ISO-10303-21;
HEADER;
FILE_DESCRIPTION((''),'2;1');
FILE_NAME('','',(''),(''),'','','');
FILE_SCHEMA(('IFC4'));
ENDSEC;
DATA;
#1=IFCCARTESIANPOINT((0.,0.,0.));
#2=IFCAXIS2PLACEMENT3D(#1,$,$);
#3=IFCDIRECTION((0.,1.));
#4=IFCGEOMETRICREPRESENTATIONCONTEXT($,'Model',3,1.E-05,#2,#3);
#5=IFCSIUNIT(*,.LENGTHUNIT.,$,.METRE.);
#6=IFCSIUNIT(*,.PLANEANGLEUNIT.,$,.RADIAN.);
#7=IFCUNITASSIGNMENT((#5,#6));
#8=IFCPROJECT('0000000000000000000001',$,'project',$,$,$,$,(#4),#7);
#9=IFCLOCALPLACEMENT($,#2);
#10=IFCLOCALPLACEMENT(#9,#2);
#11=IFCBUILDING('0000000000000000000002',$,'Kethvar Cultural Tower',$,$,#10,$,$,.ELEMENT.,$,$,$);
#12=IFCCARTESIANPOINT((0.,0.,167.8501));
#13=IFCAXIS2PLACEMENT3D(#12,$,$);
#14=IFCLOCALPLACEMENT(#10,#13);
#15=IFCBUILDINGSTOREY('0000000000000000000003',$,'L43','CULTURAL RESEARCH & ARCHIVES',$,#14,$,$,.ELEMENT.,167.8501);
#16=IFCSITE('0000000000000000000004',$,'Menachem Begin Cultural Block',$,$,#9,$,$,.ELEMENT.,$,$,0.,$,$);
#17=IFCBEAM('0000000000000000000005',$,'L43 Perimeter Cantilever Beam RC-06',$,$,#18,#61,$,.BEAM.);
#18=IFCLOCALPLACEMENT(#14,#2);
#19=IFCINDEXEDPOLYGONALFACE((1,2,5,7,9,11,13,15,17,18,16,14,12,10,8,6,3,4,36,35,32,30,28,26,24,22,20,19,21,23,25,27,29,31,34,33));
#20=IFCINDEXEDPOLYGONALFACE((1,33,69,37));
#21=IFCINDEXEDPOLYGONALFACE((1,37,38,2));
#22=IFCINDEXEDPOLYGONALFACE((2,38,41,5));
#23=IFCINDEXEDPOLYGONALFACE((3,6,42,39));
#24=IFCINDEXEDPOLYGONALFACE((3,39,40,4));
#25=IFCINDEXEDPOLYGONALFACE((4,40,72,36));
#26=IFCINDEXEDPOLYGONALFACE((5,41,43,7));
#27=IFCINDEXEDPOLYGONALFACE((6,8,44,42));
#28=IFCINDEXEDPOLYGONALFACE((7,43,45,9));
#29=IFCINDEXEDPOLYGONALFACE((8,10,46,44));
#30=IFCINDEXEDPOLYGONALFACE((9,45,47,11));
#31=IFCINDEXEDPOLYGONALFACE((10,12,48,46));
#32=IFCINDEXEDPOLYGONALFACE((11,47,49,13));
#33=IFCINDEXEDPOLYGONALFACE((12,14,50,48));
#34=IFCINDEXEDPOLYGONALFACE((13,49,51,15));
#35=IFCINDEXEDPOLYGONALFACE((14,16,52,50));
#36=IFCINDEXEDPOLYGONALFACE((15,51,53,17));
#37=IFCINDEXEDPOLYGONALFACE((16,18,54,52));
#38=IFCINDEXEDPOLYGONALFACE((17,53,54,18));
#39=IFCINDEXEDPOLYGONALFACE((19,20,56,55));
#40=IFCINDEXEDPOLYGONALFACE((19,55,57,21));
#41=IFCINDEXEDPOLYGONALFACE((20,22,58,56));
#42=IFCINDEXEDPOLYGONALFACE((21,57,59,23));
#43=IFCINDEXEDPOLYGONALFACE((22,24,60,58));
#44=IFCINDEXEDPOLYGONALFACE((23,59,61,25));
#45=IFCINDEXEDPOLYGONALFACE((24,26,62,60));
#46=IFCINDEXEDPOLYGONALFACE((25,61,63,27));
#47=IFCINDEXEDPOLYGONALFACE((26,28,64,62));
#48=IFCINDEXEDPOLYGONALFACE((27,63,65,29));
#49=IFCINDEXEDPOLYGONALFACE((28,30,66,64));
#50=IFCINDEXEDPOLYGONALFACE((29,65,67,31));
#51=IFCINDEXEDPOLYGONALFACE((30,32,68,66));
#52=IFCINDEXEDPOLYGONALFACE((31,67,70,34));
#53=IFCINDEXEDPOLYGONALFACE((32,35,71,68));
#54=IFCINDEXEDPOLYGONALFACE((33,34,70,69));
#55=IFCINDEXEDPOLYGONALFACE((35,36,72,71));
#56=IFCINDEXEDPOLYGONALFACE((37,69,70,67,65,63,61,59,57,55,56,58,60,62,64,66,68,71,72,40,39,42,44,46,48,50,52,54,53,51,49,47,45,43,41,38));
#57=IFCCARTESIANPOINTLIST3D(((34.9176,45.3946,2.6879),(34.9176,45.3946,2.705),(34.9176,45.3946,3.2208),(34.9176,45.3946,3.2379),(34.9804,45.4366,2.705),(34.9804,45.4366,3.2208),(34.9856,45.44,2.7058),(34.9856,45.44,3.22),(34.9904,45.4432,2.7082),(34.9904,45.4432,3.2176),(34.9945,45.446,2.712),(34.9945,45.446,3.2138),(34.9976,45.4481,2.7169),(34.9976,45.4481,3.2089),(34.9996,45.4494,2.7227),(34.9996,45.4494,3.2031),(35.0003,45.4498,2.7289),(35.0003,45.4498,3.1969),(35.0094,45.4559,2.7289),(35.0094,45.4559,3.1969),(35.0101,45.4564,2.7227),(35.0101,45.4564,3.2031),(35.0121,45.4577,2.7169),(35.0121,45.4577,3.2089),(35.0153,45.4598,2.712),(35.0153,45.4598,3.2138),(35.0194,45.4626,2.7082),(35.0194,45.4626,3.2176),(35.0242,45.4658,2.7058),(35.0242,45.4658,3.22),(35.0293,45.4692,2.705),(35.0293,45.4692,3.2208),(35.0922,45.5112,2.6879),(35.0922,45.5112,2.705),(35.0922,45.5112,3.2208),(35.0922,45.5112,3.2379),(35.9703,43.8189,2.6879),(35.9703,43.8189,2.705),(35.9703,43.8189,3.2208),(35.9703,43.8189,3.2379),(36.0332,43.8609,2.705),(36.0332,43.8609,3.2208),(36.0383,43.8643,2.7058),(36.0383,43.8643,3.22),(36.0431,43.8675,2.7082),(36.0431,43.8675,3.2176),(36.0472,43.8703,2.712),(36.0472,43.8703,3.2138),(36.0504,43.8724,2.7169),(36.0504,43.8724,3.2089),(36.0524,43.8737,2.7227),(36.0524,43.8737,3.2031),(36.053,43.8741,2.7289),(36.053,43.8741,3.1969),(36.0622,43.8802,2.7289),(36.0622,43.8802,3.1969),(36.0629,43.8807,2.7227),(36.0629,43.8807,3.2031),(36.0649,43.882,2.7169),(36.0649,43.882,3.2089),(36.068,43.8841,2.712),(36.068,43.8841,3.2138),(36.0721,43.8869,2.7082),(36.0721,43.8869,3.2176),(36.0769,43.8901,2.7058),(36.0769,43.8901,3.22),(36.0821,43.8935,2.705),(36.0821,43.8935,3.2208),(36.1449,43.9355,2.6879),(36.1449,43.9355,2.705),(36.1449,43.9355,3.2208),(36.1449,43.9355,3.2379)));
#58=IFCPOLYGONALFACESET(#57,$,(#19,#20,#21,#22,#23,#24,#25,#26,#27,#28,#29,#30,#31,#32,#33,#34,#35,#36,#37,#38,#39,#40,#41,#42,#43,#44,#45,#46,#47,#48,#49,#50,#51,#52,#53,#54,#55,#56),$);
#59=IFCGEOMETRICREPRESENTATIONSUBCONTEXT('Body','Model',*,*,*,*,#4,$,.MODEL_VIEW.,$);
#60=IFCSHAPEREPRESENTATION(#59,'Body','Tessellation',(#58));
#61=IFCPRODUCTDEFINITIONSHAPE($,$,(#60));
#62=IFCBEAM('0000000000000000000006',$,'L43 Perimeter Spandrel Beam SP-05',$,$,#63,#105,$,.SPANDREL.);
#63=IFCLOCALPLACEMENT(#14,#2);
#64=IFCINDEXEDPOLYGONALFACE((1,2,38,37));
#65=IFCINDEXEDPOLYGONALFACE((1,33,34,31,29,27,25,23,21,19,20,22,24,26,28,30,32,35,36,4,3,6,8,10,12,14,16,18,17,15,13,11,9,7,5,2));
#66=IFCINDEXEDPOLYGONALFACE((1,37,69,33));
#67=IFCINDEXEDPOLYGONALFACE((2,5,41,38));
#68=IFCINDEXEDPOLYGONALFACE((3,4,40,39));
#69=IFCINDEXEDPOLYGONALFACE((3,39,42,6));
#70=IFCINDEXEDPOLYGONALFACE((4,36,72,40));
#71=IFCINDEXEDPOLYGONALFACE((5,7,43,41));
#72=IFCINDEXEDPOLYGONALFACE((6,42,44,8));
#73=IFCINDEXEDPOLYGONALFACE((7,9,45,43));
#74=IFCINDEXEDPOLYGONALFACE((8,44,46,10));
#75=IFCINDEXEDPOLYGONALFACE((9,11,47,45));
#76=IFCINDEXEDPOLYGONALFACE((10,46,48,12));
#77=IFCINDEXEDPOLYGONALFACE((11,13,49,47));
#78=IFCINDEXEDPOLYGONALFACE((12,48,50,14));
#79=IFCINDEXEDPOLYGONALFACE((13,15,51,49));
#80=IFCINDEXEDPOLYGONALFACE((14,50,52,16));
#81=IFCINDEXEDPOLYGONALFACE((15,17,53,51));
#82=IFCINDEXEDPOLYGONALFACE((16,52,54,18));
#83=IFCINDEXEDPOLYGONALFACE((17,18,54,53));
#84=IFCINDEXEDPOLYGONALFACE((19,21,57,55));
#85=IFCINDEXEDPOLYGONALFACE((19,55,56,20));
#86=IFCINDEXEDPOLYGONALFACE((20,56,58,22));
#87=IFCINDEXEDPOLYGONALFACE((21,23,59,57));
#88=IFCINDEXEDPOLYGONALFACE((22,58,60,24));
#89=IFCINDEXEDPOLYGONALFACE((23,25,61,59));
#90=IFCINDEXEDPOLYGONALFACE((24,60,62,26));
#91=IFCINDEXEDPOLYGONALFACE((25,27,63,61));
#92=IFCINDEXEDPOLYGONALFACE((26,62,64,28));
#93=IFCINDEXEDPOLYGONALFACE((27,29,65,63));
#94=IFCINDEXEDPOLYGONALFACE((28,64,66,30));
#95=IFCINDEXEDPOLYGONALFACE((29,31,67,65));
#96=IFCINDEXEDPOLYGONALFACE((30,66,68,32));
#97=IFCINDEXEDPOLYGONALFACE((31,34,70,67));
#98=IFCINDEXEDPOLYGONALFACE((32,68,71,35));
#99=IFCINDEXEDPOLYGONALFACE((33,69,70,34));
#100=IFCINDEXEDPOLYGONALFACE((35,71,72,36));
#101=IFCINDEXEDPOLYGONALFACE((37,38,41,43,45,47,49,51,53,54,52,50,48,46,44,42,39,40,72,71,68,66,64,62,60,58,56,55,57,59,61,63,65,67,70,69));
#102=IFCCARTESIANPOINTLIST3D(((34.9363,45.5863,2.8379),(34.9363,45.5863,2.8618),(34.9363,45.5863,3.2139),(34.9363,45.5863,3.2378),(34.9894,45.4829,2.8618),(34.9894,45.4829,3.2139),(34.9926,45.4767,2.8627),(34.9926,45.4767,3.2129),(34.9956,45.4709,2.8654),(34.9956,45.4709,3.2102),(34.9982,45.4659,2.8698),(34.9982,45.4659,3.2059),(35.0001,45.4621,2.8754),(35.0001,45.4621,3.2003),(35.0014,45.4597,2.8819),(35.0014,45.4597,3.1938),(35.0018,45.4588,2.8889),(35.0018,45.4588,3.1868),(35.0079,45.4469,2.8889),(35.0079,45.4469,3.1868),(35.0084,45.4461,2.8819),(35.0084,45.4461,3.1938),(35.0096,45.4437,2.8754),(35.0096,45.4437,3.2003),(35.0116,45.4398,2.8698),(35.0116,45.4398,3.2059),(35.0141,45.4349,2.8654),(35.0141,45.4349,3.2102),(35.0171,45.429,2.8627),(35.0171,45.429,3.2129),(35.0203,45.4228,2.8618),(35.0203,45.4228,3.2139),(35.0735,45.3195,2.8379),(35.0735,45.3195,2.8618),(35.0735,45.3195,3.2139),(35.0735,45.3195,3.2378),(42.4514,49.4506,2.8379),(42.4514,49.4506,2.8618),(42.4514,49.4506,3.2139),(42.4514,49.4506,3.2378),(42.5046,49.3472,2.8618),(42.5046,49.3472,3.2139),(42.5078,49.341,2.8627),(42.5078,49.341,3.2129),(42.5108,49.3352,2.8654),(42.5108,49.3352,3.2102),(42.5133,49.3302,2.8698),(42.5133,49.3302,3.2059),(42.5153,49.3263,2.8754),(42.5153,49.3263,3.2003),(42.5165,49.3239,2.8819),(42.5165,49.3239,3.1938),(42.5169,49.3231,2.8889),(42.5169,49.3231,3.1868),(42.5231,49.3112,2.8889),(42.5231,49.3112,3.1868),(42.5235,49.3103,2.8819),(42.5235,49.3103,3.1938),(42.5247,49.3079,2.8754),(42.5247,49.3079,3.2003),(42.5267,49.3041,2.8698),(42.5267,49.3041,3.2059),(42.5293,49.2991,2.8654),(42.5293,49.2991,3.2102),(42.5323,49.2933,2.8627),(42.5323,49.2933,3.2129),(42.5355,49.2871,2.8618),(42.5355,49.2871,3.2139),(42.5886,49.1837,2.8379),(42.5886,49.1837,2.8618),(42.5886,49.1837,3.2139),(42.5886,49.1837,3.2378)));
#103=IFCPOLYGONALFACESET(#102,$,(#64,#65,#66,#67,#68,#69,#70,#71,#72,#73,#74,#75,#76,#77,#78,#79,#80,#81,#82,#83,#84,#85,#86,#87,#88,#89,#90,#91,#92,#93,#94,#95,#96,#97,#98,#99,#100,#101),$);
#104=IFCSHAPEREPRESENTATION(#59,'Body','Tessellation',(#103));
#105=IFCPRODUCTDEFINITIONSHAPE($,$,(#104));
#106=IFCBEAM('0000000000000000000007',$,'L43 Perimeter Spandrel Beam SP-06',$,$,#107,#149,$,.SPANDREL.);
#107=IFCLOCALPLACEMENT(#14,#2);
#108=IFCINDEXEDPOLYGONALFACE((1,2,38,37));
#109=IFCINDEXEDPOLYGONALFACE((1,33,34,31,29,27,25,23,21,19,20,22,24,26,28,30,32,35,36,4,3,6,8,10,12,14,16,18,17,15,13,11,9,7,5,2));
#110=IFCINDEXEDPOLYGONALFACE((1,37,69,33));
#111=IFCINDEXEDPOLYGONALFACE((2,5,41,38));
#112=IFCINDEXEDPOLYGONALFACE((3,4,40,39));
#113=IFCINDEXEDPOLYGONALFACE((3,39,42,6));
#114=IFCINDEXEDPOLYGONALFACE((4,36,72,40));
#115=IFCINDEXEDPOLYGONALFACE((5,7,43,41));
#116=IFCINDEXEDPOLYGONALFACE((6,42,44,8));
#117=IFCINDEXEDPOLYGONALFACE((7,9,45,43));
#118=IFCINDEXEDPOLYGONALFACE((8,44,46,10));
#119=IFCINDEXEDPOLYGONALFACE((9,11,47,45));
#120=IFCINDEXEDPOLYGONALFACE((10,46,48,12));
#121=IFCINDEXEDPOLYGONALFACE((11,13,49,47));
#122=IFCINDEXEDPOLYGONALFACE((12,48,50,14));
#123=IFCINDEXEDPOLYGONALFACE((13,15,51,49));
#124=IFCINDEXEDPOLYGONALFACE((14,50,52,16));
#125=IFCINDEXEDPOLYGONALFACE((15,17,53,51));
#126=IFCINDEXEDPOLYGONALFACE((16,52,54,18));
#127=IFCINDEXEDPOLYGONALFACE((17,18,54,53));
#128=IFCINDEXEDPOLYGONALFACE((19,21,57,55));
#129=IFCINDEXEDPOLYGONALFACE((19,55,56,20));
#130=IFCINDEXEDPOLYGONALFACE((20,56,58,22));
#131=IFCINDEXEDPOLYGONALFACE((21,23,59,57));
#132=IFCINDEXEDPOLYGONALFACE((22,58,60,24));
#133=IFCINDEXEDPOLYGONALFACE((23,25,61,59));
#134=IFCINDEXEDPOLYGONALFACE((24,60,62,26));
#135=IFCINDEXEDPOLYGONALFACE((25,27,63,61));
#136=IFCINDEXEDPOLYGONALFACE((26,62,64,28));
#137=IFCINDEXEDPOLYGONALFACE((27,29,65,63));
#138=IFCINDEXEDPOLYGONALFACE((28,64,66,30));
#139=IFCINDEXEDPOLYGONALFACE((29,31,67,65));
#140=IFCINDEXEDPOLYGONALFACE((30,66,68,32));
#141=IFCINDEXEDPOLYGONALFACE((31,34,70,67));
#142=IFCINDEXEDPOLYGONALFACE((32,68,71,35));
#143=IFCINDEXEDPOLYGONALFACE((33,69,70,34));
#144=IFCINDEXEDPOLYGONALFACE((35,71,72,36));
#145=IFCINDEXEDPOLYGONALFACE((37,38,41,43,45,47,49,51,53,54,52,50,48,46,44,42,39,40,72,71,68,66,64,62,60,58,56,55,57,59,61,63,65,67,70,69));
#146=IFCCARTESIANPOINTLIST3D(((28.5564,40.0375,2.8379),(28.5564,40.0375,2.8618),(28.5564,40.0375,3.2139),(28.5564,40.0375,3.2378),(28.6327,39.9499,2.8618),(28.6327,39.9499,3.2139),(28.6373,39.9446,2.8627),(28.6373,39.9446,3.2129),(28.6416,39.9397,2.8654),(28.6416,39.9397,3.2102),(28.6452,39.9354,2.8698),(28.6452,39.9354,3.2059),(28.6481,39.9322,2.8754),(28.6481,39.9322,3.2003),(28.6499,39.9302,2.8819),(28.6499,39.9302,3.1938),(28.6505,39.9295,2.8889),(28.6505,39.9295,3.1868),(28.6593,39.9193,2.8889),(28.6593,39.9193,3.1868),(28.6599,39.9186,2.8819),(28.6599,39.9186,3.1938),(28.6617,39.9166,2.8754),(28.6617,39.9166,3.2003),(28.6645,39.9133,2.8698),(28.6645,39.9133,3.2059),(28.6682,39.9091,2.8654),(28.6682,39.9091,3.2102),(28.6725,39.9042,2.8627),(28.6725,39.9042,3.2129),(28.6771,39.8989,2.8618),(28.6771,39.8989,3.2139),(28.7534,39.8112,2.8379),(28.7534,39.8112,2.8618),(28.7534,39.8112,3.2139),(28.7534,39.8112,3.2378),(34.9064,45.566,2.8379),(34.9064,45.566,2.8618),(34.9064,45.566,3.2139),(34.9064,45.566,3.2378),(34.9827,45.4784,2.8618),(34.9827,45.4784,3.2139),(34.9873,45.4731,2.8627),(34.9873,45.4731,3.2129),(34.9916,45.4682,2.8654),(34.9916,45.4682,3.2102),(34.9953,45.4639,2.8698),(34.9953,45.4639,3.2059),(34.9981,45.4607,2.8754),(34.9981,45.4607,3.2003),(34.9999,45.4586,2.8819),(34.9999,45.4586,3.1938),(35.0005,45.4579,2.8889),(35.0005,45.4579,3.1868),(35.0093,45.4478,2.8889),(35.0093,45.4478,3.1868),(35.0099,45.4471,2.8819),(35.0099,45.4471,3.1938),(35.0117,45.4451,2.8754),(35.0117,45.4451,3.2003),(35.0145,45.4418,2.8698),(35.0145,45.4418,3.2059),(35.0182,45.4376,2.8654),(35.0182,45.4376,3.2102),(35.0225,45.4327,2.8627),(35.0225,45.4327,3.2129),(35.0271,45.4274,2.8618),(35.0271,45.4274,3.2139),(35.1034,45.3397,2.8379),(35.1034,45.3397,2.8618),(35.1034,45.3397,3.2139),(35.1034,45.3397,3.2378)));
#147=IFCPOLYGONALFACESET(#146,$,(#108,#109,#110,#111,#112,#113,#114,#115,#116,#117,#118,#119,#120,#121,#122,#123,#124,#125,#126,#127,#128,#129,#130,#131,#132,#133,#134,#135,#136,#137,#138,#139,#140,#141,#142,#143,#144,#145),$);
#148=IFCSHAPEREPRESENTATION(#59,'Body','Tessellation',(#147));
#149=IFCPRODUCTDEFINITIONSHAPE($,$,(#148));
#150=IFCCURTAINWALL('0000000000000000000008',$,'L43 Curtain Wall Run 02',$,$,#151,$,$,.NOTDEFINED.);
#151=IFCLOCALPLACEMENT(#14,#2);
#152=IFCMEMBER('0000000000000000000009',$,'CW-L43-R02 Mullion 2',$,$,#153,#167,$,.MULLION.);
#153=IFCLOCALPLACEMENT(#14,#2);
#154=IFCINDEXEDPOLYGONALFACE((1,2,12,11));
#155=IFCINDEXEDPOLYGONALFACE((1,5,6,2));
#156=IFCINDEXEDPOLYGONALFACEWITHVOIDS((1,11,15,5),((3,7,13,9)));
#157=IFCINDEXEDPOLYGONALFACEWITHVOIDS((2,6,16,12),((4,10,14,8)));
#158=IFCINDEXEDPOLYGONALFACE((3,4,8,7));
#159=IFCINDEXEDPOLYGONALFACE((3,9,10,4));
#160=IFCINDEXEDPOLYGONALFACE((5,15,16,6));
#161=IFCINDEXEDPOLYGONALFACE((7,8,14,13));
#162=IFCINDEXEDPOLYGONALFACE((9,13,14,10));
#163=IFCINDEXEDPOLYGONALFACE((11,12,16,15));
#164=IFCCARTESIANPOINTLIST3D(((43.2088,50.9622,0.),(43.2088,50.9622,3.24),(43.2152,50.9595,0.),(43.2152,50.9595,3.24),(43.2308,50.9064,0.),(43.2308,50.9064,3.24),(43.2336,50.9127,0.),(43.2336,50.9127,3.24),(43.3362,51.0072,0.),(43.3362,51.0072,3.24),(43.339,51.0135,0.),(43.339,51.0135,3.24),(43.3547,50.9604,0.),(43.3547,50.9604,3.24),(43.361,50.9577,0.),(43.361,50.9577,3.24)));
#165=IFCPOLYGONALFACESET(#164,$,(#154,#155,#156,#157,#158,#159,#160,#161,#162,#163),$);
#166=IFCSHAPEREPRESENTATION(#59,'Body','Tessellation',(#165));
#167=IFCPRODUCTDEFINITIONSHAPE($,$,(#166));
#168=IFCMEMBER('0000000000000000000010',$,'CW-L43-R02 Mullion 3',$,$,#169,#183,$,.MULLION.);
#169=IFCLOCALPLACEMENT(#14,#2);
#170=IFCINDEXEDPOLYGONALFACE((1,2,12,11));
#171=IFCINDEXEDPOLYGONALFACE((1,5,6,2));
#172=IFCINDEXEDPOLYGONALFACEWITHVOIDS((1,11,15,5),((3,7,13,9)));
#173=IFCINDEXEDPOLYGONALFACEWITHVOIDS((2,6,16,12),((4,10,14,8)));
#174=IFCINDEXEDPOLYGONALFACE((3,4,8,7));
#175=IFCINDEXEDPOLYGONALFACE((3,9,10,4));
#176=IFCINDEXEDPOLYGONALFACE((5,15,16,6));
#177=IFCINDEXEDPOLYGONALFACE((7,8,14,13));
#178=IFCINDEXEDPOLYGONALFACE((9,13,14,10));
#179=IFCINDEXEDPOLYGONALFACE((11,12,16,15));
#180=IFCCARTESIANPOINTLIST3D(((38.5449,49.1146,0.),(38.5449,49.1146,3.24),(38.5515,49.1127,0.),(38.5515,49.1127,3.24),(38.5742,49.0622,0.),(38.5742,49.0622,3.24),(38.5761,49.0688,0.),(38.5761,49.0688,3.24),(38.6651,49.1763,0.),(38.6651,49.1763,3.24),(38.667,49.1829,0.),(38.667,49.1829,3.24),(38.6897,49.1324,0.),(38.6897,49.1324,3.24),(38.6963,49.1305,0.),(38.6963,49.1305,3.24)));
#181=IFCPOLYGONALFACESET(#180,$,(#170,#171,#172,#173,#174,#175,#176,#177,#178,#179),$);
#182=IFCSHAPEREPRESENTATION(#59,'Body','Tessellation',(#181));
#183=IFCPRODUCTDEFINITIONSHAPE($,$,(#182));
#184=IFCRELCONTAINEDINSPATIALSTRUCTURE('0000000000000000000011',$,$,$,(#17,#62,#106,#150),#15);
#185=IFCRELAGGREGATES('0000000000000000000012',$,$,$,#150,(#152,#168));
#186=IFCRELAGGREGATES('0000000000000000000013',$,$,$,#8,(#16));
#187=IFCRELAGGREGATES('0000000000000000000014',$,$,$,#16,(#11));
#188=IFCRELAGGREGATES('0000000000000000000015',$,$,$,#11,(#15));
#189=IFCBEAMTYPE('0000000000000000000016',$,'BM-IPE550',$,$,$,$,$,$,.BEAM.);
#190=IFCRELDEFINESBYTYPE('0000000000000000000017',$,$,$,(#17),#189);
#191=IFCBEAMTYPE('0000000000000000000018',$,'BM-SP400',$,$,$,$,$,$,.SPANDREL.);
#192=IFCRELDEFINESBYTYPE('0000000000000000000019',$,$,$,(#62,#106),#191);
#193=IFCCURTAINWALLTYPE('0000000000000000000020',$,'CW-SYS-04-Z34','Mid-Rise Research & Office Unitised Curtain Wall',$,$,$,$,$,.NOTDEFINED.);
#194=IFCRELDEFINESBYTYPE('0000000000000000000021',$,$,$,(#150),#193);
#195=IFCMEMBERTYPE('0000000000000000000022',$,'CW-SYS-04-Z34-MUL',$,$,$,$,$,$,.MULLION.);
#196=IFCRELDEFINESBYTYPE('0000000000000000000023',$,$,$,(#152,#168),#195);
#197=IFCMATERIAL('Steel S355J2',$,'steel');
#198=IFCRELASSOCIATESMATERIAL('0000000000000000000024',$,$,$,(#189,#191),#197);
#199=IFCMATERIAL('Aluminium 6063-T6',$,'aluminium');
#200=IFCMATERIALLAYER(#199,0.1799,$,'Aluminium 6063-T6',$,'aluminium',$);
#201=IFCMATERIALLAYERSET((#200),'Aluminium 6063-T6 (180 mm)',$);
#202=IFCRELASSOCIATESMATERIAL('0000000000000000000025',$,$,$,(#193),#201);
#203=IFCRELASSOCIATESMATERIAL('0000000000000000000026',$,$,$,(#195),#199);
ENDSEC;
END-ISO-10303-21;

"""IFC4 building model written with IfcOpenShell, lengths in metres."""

from ifc_helpers import new_model, si_unit, direction, frame, origin, origin_2d, place, context, subcontext, project, spatial, hollow_rectangle, i_section, extrude, source, transform, mapped, material, layer, layer_set, material_profile, profile_set, type_object, element, aggregate, save


model = new_model("IFC4")

# Units and contexts
model_context = context("Model", 3, precision=1e-05, world=origin(), true_north=direction((0.0, 1.0)))
body_context = subcontext(model_context, "Body", "Model", "MODEL_VIEW")
ifc_project = project(units=[si_unit("LENGTHUNIT", "METRE"), si_unit("PLANEANGLEUNIT", "RADIAN")], contexts=[model_context])

# Site, building, storey
site_placement = place(None, origin())
site = spatial("IfcSite", under=ifc_project, at=site_placement, Name="Menachem Begin Cultural Block", CompositionType="ELEMENT", RefElevation=0.0)
building_placement = place(site_placement, origin())
building = spatial("IfcBuilding", under=site, at=building_placement, Name="Kethvar Cultural Tower", CompositionType="ELEMENT")
storey_placement = place(building_placement, frame((0.0, 0.0, 167.8501)))
storey = spatial("IfcBuildingStorey", under=building, at=storey_placement, Name="L43", Description="CULTURAL RESEARCH & ARCHIVES", CompositionType="ELEMENT", Elevation=167.8501)

# Beams
ifc_material_1 = material(Name="Steel S355J2", Category="steel")
ifc_material_profile_1 = material_profile(ifc_material_1, i_section(OverallWidth=0.21, OverallDepth=0.55, WebThickness=0.011, FlangeThickness=0.0171, FilletRadius=0.0239, at=origin_2d()), Name="Steel S355J2 — IPE550")
ifc_profile_set_1 = profile_set([ifc_material_profile_1], Name="Steel S355J2 — IPE550")
beam_type_1 = type_object("IfcBeamType", Name="BM-IPE550", PredefinedType="BEAM", material=ifc_profile_set_1)
shared_shape_1 = source(origin(), body_context, "Body", "SweptSolid", [
    extrude(i_section(OverallWidth=0.21, OverallDepth=0.55, WebThickness=0.011, FlangeThickness=0.0171, FilletRadius=0.0239, at=origin_2d()), origin(), (0.0, 0.0, 1.0), 1.895),
])
beam_1_placement = place(storey_placement, frame((36.0576, 43.8772, 2.9629), z_axis=(-0.555532, 0.831495, 0.0), x_axis=(-0.831495, -0.555532, 0.0)))
element("IfcBeam", 1, at=beam_1_placement, inside=storey, type_object=beam_type_1, Name="L43 Perimeter Cantilever Beam RC-06", PredefinedType="BEAM", context=body_context, shape_type="MappedRepresentation", body=[
    mapped(shared_shape_1, transform((0.0, 0.0, 0.0), scale=1.0)),
])
ifc_material_profile_2 = material_profile(ifc_material_1, i_section(OverallWidth=0.3, OverallDepth=0.3999, WebThickness=0.0134, FlangeThickness=0.0239, FilletRadius=0.0271, at=origin_2d()), Name="Steel S355J2 — HEB400")
ifc_profile_set_2 = profile_set([ifc_material_profile_2], Name="Steel S355J2 — HEB400")
beam_type_2 = type_object("IfcBeamType", Name="BM-SP400", PredefinedType="SPANDREL", material=ifc_profile_set_2)
shared_shape_2 = source(origin(), body_context, "Body", "SweptSolid", [
    extrude(i_section(OverallWidth=0.3, OverallDepth=0.3999, WebThickness=0.0134, FlangeThickness=0.0239, FilletRadius=0.0271, at=origin_2d()), origin(), (0.0, 0.0, 1.0), 8.4504),
])
beam_2_placement = place(storey_placement, frame((42.52, 49.3171, 3.0378), z_axis=(-0.88932, -0.457285, 0.0), x_axis=(0.457285, -0.88932, 0.0)))
element("IfcBeam", 2, at=beam_2_placement, inside=storey, type_object=beam_type_2, Name="L43 Perimeter Spandrel Beam SP-05", PredefinedType="SPANDREL", context=body_context, shape_type="MappedRepresentation", body=[
    mapped(shared_shape_2, transform((0.0, 0.0, 0.0), scale=1.0)),
])
shared_shape_3 = source(origin(), body_context, "Body", "SweptSolid", [
    extrude(i_section(OverallWidth=0.3, OverallDepth=0.3999, WebThickness=0.0134, FlangeThickness=0.0239, FilletRadius=0.0271, at=origin_2d()), origin(), (0.0, 0.0, 1.0), 8.4194),
])
beam_3_placement = place(storey_placement, frame((35.0049, 45.4529, 3.0378), z_axis=(-0.754209, -0.656634, 0.0), x_axis=(0.656634, -0.754209, 0.0)))
element("IfcBeam", 3, at=beam_3_placement, inside=storey, type_object=beam_type_2, Name="L43 Perimeter Spandrel Beam SP-06", PredefinedType="SPANDREL", context=body_context, shape_type="MappedRepresentation", body=[
    mapped(shared_shape_3, transform((0.0, 0.0, 0.0), scale=1.0)),
])

# Curtain wall, members
ifc_material_2 = material(Name="Aluminium 6063-T6", Category="aluminium")
ifc_layer_1 = layer(ifc_material_2, 0.1799, Name="Aluminium 6063-T6", Category="aluminium")
ifc_layer_set_1 = layer_set([ifc_layer_1], Name="Aluminium 6063-T6 (180 mm)")
curtain_wall_type = type_object("IfcCurtainWallType", Name="CW-SYS-04-Z34", Description="Mid-Rise Research & Office Unitised Curtain Wall", PredefinedType="NOTDEFINED", material=ifc_layer_set_1)
curtain_wall_placement = place(storey_placement, origin())
curtain_wall = element("IfcCurtainWall", 4, at=curtain_wall_placement, inside=storey, type_object=curtain_wall_type, Name="L43 Curtain Wall Run 02", PredefinedType="NOTDEFINED")
ifc_material_profile_3 = material_profile(ifc_material_2, hollow_rectangle(XDim=0.0601, YDim=0.1399, WallThickness=0.0049, at=origin_2d()), Name="Aluminium 6063-T6 — RHS140x60x5")
ifc_profile_set_3 = profile_set([ifc_material_profile_3], Name="Aluminium 6063-T6 — RHS140x60x5")
member_type_1 = type_object("IfcMemberType", Name="CW-SYS-04-Z34-MUL", PredefinedType="MULLION", material=ifc_profile_set_3)
shared_shape_4 = source(origin(), body_context, "Body", "SweptSolid", [
    extrude(hollow_rectangle(XDim=0.0601, YDim=0.1399, WallThickness=0.0049, at=origin_2d()), origin(), (0.0, 0.0, 1.0), 3.24),
])
member_1_placement = place(storey_placement, frame((43.2849, 50.96, 0.0), z_axis=(0.0, 0.0, 1.0), x_axis=(0.366696, -0.930341, 0.0)))
member_1 = element("IfcMember", 5, at=member_1_placement, type_object=member_type_1, Name="CW-L43-R02 Mullion 2", PredefinedType="MULLION", context=body_context, shape_type="MappedRepresentation", body=[
    mapped(shared_shape_4, transform((0.0, 0.0, 0.0), scale=1.0)),
])
member_2_placement = place(storey_placement, frame((38.6206, 49.1226, 0.0), z_axis=(0.0, 0.0, 1.0), x_axis=(0.488545, -0.872539, 0.0)))
member_2 = element("IfcMember", 6, at=member_2_placement, type_object=member_type_1, Name="CW-L43-R02 Mullion 3", PredefinedType="MULLION", context=body_context, shape_type="MappedRepresentation", body=[
    mapped(shared_shape_4, transform((0.0, 0.0, 0.0), scale=1.0)),
])
aggregate(curtain_wall, [member_1, member_2])

save(model, "model.ifc")
